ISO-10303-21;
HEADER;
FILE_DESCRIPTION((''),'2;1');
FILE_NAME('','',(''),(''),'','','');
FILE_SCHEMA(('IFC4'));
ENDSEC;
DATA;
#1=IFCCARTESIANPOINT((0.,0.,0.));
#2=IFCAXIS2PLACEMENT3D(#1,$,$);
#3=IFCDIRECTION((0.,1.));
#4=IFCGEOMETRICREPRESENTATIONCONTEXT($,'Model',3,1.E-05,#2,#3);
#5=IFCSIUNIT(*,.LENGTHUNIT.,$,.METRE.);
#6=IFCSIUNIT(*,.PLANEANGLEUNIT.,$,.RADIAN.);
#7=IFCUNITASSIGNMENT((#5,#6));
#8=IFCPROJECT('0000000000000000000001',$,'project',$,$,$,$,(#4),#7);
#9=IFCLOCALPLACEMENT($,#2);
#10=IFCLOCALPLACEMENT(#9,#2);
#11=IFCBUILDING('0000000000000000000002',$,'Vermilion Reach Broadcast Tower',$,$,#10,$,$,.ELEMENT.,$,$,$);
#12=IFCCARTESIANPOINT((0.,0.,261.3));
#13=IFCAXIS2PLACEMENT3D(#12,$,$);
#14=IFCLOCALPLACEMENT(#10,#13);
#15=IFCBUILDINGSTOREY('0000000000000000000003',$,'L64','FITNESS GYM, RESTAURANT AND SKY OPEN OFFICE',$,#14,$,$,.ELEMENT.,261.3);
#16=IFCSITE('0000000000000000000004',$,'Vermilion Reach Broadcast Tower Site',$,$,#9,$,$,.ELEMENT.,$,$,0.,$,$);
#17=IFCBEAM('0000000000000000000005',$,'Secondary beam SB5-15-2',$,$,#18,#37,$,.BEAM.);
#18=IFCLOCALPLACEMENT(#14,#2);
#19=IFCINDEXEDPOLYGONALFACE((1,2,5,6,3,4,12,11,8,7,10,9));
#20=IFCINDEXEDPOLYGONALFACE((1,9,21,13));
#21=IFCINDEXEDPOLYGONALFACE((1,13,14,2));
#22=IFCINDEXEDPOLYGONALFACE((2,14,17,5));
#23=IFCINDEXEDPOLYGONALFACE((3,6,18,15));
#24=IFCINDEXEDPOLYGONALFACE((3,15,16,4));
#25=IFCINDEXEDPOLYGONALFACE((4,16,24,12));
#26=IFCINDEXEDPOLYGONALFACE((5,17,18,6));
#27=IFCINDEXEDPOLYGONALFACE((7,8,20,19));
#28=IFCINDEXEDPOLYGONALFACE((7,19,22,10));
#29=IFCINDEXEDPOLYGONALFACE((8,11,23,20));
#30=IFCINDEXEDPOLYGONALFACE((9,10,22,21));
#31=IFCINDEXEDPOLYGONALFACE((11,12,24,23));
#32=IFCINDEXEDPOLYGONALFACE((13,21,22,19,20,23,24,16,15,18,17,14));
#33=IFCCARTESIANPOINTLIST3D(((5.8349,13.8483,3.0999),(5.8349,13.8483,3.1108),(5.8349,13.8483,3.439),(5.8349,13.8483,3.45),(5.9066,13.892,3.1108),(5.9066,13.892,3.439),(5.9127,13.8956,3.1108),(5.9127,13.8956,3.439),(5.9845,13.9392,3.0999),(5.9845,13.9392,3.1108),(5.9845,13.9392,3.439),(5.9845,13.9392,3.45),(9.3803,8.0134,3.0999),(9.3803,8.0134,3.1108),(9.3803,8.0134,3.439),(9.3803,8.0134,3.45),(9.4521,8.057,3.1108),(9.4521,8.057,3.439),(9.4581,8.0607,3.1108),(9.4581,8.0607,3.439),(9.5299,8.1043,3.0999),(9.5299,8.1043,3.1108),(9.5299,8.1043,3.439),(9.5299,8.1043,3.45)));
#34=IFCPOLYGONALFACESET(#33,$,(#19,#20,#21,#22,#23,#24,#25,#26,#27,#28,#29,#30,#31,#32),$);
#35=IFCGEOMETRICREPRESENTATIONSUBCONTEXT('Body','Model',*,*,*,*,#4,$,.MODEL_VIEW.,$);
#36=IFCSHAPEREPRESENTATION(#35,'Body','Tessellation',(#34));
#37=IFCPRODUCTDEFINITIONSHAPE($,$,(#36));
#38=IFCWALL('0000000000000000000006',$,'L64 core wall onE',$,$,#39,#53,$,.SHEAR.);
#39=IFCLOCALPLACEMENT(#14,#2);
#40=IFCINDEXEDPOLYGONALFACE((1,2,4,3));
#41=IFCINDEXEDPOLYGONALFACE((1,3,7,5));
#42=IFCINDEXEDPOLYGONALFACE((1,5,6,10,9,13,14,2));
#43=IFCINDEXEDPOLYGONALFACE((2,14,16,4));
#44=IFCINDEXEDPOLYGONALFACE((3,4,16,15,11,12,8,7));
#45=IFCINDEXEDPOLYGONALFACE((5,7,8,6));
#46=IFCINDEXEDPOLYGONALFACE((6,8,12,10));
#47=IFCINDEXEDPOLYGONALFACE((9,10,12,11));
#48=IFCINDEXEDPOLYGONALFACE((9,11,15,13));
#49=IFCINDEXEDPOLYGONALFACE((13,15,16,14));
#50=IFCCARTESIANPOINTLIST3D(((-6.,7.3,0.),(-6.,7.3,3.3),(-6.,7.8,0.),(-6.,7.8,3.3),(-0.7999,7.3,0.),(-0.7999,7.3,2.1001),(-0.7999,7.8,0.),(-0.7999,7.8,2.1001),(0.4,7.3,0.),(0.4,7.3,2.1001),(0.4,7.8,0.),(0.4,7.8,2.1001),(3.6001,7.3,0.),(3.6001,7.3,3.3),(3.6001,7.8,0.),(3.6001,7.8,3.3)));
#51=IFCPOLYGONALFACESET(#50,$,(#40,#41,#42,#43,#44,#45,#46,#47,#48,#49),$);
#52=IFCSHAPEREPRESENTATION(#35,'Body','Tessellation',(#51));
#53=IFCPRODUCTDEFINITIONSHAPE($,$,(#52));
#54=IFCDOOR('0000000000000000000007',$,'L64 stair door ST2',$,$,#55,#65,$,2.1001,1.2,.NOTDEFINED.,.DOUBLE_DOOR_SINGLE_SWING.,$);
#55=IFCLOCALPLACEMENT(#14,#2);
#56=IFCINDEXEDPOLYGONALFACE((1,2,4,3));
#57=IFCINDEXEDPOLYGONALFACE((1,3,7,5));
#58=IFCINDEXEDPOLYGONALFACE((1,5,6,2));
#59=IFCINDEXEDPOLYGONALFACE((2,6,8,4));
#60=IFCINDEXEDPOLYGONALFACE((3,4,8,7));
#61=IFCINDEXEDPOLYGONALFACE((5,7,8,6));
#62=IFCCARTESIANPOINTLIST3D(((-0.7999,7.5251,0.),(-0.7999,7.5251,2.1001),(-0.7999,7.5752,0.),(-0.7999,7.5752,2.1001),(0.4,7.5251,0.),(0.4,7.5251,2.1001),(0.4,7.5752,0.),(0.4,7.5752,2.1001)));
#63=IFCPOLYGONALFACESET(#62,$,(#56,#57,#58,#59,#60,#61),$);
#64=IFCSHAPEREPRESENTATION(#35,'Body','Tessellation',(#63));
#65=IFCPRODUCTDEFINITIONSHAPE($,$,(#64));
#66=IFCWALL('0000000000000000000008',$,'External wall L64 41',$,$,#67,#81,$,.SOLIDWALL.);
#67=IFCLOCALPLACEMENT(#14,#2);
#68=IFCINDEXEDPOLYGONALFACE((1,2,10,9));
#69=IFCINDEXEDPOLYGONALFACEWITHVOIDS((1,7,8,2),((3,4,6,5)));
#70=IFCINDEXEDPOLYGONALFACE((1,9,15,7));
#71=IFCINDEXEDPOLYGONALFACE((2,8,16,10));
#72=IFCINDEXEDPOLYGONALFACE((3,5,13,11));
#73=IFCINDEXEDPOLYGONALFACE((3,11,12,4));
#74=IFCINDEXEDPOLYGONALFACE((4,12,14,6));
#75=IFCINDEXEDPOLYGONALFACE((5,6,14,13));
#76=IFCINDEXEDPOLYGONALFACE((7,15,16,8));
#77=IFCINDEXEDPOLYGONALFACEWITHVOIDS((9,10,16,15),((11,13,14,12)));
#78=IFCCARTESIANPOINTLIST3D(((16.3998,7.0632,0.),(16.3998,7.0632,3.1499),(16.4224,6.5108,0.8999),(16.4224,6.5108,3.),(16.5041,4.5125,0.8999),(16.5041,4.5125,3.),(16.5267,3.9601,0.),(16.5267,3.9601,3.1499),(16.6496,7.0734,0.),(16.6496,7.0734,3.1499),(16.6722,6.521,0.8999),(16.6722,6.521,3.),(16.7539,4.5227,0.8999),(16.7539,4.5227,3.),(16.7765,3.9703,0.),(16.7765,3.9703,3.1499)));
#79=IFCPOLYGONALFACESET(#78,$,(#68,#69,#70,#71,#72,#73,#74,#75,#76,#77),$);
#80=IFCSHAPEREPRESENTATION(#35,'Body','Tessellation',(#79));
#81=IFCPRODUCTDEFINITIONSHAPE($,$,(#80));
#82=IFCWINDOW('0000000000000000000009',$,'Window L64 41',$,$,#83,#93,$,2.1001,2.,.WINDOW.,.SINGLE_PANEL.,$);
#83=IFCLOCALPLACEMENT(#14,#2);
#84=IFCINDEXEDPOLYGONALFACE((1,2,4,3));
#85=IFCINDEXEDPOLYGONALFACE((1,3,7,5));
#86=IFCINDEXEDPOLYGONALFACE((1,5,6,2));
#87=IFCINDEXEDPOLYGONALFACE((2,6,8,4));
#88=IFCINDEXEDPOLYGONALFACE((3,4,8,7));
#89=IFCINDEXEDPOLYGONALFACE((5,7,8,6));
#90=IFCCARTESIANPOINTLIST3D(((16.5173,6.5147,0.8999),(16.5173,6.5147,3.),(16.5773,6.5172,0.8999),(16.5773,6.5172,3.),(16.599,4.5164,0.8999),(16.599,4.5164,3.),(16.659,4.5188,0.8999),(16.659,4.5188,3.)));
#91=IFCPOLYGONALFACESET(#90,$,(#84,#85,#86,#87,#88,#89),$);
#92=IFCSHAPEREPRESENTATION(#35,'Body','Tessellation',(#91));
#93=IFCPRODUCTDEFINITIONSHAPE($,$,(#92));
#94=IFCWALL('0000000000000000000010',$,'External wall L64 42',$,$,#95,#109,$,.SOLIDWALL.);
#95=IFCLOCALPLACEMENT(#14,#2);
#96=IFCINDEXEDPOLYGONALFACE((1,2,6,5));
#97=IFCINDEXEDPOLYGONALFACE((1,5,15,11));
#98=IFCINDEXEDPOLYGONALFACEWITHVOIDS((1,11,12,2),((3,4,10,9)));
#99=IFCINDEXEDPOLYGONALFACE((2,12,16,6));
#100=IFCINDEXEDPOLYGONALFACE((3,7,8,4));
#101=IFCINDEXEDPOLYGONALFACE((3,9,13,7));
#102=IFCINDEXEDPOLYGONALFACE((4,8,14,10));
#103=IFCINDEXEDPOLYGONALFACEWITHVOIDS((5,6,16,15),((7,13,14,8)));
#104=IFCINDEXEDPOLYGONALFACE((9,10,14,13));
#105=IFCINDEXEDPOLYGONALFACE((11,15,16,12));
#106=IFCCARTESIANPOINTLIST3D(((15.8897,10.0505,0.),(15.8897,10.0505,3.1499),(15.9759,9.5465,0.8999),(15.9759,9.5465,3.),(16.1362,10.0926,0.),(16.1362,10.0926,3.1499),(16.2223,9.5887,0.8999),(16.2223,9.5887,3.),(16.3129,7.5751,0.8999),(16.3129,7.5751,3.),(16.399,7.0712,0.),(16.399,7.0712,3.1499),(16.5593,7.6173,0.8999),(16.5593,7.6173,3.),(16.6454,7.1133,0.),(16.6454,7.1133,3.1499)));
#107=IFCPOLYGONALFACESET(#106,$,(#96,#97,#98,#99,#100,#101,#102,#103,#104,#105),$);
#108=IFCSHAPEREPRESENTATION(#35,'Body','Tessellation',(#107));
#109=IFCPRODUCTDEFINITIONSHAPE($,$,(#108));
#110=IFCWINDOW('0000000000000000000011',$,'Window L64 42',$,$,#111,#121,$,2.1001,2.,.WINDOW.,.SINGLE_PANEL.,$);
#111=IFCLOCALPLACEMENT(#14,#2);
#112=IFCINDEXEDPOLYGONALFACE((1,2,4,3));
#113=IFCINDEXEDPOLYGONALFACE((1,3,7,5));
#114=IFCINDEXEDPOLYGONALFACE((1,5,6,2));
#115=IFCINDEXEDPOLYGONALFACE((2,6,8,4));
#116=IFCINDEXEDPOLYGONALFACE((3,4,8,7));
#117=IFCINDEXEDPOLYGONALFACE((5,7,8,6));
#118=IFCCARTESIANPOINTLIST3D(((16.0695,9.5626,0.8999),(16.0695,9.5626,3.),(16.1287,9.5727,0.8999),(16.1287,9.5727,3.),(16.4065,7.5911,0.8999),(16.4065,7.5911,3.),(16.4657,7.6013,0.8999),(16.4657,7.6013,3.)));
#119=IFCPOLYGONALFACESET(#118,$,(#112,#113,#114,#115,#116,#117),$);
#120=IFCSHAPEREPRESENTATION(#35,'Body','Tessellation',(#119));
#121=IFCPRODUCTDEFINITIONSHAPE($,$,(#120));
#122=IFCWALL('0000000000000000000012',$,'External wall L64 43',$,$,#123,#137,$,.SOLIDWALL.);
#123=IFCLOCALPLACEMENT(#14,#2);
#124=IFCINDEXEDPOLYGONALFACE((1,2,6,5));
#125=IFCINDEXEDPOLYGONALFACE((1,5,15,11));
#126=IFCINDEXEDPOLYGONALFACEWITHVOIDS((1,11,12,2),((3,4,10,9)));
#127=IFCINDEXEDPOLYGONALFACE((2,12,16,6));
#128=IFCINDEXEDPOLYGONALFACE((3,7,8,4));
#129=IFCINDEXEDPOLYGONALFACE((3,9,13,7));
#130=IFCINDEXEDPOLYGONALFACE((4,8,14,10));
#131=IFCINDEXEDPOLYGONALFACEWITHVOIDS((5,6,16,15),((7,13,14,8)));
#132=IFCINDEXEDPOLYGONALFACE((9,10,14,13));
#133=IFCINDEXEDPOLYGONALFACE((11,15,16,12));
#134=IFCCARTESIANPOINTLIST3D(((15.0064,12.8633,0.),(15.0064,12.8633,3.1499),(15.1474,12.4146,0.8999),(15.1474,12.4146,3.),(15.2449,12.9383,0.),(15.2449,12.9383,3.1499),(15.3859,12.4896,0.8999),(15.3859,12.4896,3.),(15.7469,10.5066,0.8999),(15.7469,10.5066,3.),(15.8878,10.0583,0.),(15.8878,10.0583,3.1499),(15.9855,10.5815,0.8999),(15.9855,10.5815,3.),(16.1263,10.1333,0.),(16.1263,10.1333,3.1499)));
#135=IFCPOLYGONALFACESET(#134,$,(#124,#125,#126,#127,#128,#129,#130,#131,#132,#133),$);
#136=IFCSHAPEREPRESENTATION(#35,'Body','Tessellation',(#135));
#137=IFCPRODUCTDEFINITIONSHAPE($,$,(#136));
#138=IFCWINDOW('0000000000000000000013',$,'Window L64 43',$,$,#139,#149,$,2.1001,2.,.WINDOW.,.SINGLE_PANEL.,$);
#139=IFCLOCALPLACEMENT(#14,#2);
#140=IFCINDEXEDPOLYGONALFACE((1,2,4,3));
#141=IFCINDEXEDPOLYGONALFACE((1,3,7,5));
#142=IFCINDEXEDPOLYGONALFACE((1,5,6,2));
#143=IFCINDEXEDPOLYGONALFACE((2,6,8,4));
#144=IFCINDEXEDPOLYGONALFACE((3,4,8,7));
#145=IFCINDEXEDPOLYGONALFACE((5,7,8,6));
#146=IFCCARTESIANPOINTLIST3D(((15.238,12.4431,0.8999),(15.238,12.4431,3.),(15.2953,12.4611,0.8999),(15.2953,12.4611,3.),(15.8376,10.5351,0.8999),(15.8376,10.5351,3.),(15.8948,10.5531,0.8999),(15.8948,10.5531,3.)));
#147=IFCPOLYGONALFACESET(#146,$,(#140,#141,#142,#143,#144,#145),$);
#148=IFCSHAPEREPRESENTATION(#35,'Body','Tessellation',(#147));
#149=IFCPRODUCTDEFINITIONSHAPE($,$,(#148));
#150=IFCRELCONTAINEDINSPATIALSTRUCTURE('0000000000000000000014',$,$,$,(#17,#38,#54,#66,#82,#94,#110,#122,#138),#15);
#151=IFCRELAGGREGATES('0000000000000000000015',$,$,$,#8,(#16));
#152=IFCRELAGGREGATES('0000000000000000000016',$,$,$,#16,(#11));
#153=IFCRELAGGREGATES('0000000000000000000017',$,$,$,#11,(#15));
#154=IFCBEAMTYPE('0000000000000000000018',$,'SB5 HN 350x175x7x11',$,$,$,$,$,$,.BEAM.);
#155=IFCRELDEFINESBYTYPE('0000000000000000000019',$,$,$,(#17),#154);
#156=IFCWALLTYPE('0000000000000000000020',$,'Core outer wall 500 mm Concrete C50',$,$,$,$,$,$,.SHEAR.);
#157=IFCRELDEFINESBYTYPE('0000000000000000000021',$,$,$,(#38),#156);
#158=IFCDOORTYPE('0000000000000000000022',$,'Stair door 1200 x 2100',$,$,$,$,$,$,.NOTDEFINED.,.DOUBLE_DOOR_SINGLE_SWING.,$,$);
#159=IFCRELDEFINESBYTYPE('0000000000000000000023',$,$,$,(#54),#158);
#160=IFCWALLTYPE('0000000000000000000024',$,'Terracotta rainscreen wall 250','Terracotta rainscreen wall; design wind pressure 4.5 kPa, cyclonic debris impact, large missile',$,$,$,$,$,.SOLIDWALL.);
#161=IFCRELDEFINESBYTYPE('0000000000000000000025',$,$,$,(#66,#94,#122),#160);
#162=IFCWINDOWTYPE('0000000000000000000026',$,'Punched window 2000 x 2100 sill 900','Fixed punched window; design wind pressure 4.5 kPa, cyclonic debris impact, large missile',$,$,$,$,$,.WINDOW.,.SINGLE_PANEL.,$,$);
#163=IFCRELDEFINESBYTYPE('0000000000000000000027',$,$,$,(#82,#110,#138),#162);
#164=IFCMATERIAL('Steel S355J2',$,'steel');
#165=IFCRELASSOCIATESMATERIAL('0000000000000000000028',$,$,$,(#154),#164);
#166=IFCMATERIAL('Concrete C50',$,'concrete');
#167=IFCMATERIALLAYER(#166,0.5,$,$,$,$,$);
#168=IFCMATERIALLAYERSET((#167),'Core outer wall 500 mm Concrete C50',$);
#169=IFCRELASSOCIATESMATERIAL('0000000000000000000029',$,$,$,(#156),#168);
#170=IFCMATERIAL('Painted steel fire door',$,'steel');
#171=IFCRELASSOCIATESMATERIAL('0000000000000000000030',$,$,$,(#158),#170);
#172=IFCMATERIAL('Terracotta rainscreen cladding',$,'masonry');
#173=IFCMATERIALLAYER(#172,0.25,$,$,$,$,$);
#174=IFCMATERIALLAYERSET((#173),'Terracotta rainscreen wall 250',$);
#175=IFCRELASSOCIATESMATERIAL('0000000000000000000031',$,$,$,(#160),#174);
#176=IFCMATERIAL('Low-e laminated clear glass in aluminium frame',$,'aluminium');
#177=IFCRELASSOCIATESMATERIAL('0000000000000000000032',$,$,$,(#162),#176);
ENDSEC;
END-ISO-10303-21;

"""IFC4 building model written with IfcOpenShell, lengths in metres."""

from ifc_helpers import new_model, si_unit, direction, frame, frame_2d, origin, origin_2d, place, context, subcontext, project, spatial, rectangle, i_section, extrude, material, layer, layer_set, material_profile, profile_set, type_object, element, fill, save


model = new_model("IFC4")

# Units and contexts
model_context = context("Model", 3, precision=1e-05, world=origin(), true_north=direction((0.0, 1.0)))
body_context = subcontext(model_context, "Body", "Model", "MODEL_VIEW")
ifc_project = project(units=[si_unit("LENGTHUNIT", "METRE"), si_unit("PLANEANGLEUNIT", "RADIAN")], contexts=[model_context])

# Site, building, storey
site_placement = place(None, origin())
site = spatial("IfcSite", under=ifc_project, at=site_placement, Name="Vermilion Reach Broadcast Tower Site", CompositionType="ELEMENT", RefElevation=0.0)
building_placement = place(site_placement, origin())
building = spatial("IfcBuilding", under=site, at=building_placement, Name="Vermilion Reach Broadcast Tower", CompositionType="ELEMENT")
storey_placement = place(building_placement, frame((0.0, 0.0, 261.3)))
storey = spatial("IfcBuildingStorey", under=building, at=storey_placement, Name="L64", Description="FITNESS GYM, RESTAURANT AND SKY OPEN OFFICE", CompositionType="ELEMENT", Elevation=261.3)

# Beam
ifc_material_1 = material(Name="Steel S355J2", Category="steel")
ifc_material_profile_1 = material_profile(ifc_material_1, i_section(OverallWidth=0.175, OverallDepth=0.3501, WebThickness=0.0071, FlangeThickness=0.011, at=origin_2d()), Name="S355J2 HN 350x175x7x11")
ifc_profile_set_1 = profile_set([ifc_material_profile_1], Name="Steel S355J2")
beam_type_1 = type_object("IfcBeamType", Name="SB5 HN 350x175x7x11", PredefinedType="BEAM", material=ifc_profile_set_1)
beam_1_placement = place(storey_placement, frame((9.4551, 8.0588, 3.2749), z_axis=(-0.519273, 0.854608, 0.0), x_axis=(-0.854608, -0.519273, 0.0)))
element("IfcBeam", 1, at=beam_1_placement, inside=storey, type_object=beam_type_1, Name="Secondary beam SB5-15-2", PredefinedType="BEAM", context=body_context, shape_type="SweptSolid", body=[
    extrude(i_section(OverallWidth=0.175, OverallDepth=0.3501, WebThickness=0.0071, FlangeThickness=0.011, at=origin_2d()), origin(), (0.0, 0.0, 1.0), 6.8276),
])

# Wall, opening, door
ifc_material_2 = material(Name="Concrete C50", Category="concrete")
ifc_layer_1 = layer(ifc_material_2, 0.5)
ifc_layer_set_1 = layer_set([ifc_layer_1], Name="Core outer wall 500 mm Concrete C50")
wall_type_1 = type_object("IfcWallType", Name="Core outer wall 500 mm Concrete C50", PredefinedType="SHEAR", material=ifc_layer_set_1)
wall_1_placement = place(storey_placement, frame((3.6001, 7.55, 0.0), z_axis=(0.0, 0.0, 1.0), x_axis=(-1.0, 0.0, 0.0)))
wall_1 = element("IfcWall", 2, at=wall_1_placement, inside=storey, type_object=wall_type_1, Name="L64 core wall onE", PredefinedType="SHEAR", context=body_context, shape_type="SweptSolid", body=[
    extrude(rectangle(XDim=9.6001, YDim=0.5, at=frame_2d((4.8, 0.0))), origin(), (0.0, 0.0, 1.0), 3.3),
])
opening_1_placement = place(wall_1_placement, frame((3.2, 0.0, 0.0)))
opening_1 = element("IfcOpeningElement", 3, at=opening_1_placement, cuts=wall_1, PredefinedType="OPENING", context=body_context, shape_type="SweptSolid", body=[
    extrude(rectangle(XDim=1.2, YDim=2.1001, at=frame_2d((0.6001, 1.05))), frame((0.0, 0.26, 0.0), z_axis=(0.0, -1.0, 0.0), x_axis=(1.0, 0.0, 0.0)), (0.0, 0.0, 1.0), 0.52),
])
ifc_material_3 = material(Name="Painted steel fire door", Category="steel")
door_type_1 = type_object("IfcDoorType", Name="Stair door 1200 x 2100", OperationType="DOUBLE_DOOR_SINGLE_SWING", PredefinedType="NOTDEFINED", material=ifc_material_3)
door_1_placement = place(opening_1_placement, origin())
door_1 = element("IfcDoor", 4, at=door_1_placement, inside=storey, type_object=door_type_1, Name="L64 stair door ST2", OperationType="DOUBLE_DOOR_SINGLE_SWING", OverallHeight=2.1001, OverallWidth=1.2, PredefinedType="NOTDEFINED", context=body_context, shape_type="SweptSolid", body=[
    extrude(rectangle(XDim=1.2, YDim=2.1001, at=frame_2d((0.6001, 1.05))), frame((0.0, 0.0249, 0.0), z_axis=(0.0, -1.0, 0.0), x_axis=(1.0, 0.0, 0.0)), (0.0, 0.0, 1.0), 0.05),
])
fill(opening_1, door_1)
ifc_material_4 = material(Name="Terracotta rainscreen cladding", Category="masonry")
ifc_layer_2 = layer(ifc_material_4, 0.25)
ifc_layer_set_2 = layer_set([ifc_layer_2], Name="Terracotta rainscreen wall 250")
wall_type_2 = type_object("IfcWallType", Name="Terracotta rainscreen wall 250", Description="Terracotta rainscreen wall; design wind pressure 4.5 kPa, cyclonic debris impact, large missile", PredefinedType="SOLIDWALL", material=ifc_layer_set_2)

# Walls, openings, windows
wall_2_placement = place(storey_placement, frame((16.6516, 3.9653, 0.0), z_axis=(0.0, 0.0, 1.0), x_axis=(-0.040878, 0.999164, 0.0)))
wall_2 = element("IfcWall", 5, at=wall_2_placement, inside=storey, type_object=wall_type_2, Name="External wall L64 41", PredefinedType="SOLIDWALL", context=body_context, shape_type="SweptSolid", body=[
    extrude(rectangle(XDim=3.1057, YDim=0.25, at=frame_2d((1.5527, 0.0))), origin(), (0.0, 0.0, 1.0), 3.1499),
])
opening_2_placement = place(wall_2_placement, frame((0.5527, 0.0, 0.8999)))
opening_2 = element("IfcOpeningElement", 6, at=opening_2_placement, cuts=wall_2, PredefinedType="OPENING", context=body_context, shape_type="SweptSolid", body=[
    extrude(rectangle(XDim=2.0, YDim=2.1001, at=frame_2d((1.0, 1.05))), frame((0.0, 0.135, 0.0), z_axis=(0.0, -1.0, 0.0), x_axis=(1.0, 0.0, 0.0)), (0.0, 0.0, 1.0), 0.27),
])
ifc_material_5 = material(Name="Low-e laminated clear glass in aluminium frame", Category="aluminium")
window_type = type_object("IfcWindowType", Name="Punched window 2000 x 2100 sill 900", Description="Fixed punched window; design wind pressure 4.5 kPa, cyclonic debris impact, large missile", PartitioningType="SINGLE_PANEL", PredefinedType="WINDOW", material=ifc_material_5)
window_1_placement = place(opening_2_placement, origin())
window_1 = element("IfcWindow", 7, at=window_1_placement, inside=storey, type_object=window_type, Name="Window L64 41", OverallHeight=2.1001, OverallWidth=2.0, PartitioningType="SINGLE_PANEL", PredefinedType="WINDOW", context=body_context, shape_type="SweptSolid", body=[
    extrude(rectangle(XDim=2.0, YDim=2.1001, at=frame_2d((1.0, 1.05))), frame((0.0, 0.03, 0.0), z_axis=(0.0, -1.0, 0.0), x_axis=(1.0, 0.0, 0.0)), (0.0, 0.0, 1.0), 0.0601),
])
fill(opening_2, window_1)
wall_3_placement = place(storey_placement, frame((16.5222, 7.0923, 0.0), z_axis=(0.0, 0.0, 1.0), x_axis=(-0.168497, 0.985702, 0.0)))
wall_3 = element("IfcWall", 8, at=wall_3_placement, inside=storey, type_object=wall_type_2, Name="External wall L64 42", PredefinedType="SOLIDWALL", context=body_context, shape_type="SweptSolid", body=[
    extrude(rectangle(XDim=3.0225, YDim=0.25, at=frame_2d((1.5112, 0.0))), origin(), (0.0, 0.0, 1.0), 3.1499),
])
opening_3_placement = place(wall_3_placement, frame((0.5112, 0.0, 0.8999)))
opening_3 = element("IfcOpeningElement", 9, at=opening_3_placement, cuts=wall_3, PredefinedType="OPENING", context=body_context, shape_type="SweptSolid", body=[
    extrude(rectangle(XDim=2.0, YDim=2.1001, at=frame_2d((1.0, 1.05))), frame((0.0, 0.135, 0.0), z_axis=(0.0, -1.0, 0.0), x_axis=(1.0, 0.0, 0.0)), (0.0, 0.0, 1.0), 0.27),
])
window_2_placement = place(opening_3_placement, origin())
window_2 = element("IfcWindow", 10, at=window_2_placement, inside=storey, type_object=window_type, Name="Window L64 42", OverallHeight=2.1001, OverallWidth=2.0, PartitioningType="SINGLE_PANEL", PredefinedType="WINDOW", context=body_context, shape_type="SweptSolid", body=[
    extrude(rectangle(XDim=2.0, YDim=2.1001, at=frame_2d((1.0, 1.05))), frame((0.0, 0.03, 0.0), z_axis=(0.0, -1.0, 0.0), x_axis=(1.0, 0.0, 0.0)), (0.0, 0.0, 1.0), 0.0601),
])
fill(opening_3, window_2)
wall_4_placement = place(storey_placement, frame((16.0071, 10.0957, 0.0), z_axis=(0.0, 0.0, 1.0), x_axis=(-0.299764, 0.954013, 0.0)))
wall_4 = element("IfcWall", 11, at=wall_4_placement, inside=storey, type_object=wall_type_2, Name="External wall L64 43", PredefinedType="SOLIDWALL", context=body_context, shape_type="SweptSolid", body=[
    extrude(rectangle(XDim=2.9402, YDim=0.25, at=frame_2d((1.4702, 0.0))), origin(), (0.0, 0.0, 1.0), 3.1499),
])
opening_4_placement = place(wall_4_placement, frame((0.47, 0.0, 0.8999)))
opening_4 = element("IfcOpeningElement", 12, at=opening_4_placement, cuts=wall_4, PredefinedType="OPENING", context=body_context, shape_type="SweptSolid", body=[
    extrude(rectangle(XDim=2.0, YDim=2.1001, at=frame_2d((1.0, 1.05))), frame((0.0, 0.135, 0.0), z_axis=(0.0, -1.0, 0.0), x_axis=(1.0, 0.0, 0.0)), (0.0, 0.0, 1.0), 0.27),
])
window_3_placement = place(opening_4_placement, origin())
window_3 = element("IfcWindow", 13, at=window_3_placement, inside=storey, type_object=window_type, Name="Window L64 43", OverallHeight=2.1001, OverallWidth=2.0, PartitioningType="SINGLE_PANEL", PredefinedType="WINDOW", context=body_context, shape_type="SweptSolid", body=[
    extrude(rectangle(XDim=2.0, YDim=2.1001, at=frame_2d((1.0, 1.05))), frame((0.0, 0.03, 0.0), z_axis=(0.0, -1.0, 0.0), x_axis=(1.0, 0.0, 0.0)), (0.0, 0.0, 1.0), 0.0601),
])
fill(opening_4, window_3)

save(model, "model.ifc")
